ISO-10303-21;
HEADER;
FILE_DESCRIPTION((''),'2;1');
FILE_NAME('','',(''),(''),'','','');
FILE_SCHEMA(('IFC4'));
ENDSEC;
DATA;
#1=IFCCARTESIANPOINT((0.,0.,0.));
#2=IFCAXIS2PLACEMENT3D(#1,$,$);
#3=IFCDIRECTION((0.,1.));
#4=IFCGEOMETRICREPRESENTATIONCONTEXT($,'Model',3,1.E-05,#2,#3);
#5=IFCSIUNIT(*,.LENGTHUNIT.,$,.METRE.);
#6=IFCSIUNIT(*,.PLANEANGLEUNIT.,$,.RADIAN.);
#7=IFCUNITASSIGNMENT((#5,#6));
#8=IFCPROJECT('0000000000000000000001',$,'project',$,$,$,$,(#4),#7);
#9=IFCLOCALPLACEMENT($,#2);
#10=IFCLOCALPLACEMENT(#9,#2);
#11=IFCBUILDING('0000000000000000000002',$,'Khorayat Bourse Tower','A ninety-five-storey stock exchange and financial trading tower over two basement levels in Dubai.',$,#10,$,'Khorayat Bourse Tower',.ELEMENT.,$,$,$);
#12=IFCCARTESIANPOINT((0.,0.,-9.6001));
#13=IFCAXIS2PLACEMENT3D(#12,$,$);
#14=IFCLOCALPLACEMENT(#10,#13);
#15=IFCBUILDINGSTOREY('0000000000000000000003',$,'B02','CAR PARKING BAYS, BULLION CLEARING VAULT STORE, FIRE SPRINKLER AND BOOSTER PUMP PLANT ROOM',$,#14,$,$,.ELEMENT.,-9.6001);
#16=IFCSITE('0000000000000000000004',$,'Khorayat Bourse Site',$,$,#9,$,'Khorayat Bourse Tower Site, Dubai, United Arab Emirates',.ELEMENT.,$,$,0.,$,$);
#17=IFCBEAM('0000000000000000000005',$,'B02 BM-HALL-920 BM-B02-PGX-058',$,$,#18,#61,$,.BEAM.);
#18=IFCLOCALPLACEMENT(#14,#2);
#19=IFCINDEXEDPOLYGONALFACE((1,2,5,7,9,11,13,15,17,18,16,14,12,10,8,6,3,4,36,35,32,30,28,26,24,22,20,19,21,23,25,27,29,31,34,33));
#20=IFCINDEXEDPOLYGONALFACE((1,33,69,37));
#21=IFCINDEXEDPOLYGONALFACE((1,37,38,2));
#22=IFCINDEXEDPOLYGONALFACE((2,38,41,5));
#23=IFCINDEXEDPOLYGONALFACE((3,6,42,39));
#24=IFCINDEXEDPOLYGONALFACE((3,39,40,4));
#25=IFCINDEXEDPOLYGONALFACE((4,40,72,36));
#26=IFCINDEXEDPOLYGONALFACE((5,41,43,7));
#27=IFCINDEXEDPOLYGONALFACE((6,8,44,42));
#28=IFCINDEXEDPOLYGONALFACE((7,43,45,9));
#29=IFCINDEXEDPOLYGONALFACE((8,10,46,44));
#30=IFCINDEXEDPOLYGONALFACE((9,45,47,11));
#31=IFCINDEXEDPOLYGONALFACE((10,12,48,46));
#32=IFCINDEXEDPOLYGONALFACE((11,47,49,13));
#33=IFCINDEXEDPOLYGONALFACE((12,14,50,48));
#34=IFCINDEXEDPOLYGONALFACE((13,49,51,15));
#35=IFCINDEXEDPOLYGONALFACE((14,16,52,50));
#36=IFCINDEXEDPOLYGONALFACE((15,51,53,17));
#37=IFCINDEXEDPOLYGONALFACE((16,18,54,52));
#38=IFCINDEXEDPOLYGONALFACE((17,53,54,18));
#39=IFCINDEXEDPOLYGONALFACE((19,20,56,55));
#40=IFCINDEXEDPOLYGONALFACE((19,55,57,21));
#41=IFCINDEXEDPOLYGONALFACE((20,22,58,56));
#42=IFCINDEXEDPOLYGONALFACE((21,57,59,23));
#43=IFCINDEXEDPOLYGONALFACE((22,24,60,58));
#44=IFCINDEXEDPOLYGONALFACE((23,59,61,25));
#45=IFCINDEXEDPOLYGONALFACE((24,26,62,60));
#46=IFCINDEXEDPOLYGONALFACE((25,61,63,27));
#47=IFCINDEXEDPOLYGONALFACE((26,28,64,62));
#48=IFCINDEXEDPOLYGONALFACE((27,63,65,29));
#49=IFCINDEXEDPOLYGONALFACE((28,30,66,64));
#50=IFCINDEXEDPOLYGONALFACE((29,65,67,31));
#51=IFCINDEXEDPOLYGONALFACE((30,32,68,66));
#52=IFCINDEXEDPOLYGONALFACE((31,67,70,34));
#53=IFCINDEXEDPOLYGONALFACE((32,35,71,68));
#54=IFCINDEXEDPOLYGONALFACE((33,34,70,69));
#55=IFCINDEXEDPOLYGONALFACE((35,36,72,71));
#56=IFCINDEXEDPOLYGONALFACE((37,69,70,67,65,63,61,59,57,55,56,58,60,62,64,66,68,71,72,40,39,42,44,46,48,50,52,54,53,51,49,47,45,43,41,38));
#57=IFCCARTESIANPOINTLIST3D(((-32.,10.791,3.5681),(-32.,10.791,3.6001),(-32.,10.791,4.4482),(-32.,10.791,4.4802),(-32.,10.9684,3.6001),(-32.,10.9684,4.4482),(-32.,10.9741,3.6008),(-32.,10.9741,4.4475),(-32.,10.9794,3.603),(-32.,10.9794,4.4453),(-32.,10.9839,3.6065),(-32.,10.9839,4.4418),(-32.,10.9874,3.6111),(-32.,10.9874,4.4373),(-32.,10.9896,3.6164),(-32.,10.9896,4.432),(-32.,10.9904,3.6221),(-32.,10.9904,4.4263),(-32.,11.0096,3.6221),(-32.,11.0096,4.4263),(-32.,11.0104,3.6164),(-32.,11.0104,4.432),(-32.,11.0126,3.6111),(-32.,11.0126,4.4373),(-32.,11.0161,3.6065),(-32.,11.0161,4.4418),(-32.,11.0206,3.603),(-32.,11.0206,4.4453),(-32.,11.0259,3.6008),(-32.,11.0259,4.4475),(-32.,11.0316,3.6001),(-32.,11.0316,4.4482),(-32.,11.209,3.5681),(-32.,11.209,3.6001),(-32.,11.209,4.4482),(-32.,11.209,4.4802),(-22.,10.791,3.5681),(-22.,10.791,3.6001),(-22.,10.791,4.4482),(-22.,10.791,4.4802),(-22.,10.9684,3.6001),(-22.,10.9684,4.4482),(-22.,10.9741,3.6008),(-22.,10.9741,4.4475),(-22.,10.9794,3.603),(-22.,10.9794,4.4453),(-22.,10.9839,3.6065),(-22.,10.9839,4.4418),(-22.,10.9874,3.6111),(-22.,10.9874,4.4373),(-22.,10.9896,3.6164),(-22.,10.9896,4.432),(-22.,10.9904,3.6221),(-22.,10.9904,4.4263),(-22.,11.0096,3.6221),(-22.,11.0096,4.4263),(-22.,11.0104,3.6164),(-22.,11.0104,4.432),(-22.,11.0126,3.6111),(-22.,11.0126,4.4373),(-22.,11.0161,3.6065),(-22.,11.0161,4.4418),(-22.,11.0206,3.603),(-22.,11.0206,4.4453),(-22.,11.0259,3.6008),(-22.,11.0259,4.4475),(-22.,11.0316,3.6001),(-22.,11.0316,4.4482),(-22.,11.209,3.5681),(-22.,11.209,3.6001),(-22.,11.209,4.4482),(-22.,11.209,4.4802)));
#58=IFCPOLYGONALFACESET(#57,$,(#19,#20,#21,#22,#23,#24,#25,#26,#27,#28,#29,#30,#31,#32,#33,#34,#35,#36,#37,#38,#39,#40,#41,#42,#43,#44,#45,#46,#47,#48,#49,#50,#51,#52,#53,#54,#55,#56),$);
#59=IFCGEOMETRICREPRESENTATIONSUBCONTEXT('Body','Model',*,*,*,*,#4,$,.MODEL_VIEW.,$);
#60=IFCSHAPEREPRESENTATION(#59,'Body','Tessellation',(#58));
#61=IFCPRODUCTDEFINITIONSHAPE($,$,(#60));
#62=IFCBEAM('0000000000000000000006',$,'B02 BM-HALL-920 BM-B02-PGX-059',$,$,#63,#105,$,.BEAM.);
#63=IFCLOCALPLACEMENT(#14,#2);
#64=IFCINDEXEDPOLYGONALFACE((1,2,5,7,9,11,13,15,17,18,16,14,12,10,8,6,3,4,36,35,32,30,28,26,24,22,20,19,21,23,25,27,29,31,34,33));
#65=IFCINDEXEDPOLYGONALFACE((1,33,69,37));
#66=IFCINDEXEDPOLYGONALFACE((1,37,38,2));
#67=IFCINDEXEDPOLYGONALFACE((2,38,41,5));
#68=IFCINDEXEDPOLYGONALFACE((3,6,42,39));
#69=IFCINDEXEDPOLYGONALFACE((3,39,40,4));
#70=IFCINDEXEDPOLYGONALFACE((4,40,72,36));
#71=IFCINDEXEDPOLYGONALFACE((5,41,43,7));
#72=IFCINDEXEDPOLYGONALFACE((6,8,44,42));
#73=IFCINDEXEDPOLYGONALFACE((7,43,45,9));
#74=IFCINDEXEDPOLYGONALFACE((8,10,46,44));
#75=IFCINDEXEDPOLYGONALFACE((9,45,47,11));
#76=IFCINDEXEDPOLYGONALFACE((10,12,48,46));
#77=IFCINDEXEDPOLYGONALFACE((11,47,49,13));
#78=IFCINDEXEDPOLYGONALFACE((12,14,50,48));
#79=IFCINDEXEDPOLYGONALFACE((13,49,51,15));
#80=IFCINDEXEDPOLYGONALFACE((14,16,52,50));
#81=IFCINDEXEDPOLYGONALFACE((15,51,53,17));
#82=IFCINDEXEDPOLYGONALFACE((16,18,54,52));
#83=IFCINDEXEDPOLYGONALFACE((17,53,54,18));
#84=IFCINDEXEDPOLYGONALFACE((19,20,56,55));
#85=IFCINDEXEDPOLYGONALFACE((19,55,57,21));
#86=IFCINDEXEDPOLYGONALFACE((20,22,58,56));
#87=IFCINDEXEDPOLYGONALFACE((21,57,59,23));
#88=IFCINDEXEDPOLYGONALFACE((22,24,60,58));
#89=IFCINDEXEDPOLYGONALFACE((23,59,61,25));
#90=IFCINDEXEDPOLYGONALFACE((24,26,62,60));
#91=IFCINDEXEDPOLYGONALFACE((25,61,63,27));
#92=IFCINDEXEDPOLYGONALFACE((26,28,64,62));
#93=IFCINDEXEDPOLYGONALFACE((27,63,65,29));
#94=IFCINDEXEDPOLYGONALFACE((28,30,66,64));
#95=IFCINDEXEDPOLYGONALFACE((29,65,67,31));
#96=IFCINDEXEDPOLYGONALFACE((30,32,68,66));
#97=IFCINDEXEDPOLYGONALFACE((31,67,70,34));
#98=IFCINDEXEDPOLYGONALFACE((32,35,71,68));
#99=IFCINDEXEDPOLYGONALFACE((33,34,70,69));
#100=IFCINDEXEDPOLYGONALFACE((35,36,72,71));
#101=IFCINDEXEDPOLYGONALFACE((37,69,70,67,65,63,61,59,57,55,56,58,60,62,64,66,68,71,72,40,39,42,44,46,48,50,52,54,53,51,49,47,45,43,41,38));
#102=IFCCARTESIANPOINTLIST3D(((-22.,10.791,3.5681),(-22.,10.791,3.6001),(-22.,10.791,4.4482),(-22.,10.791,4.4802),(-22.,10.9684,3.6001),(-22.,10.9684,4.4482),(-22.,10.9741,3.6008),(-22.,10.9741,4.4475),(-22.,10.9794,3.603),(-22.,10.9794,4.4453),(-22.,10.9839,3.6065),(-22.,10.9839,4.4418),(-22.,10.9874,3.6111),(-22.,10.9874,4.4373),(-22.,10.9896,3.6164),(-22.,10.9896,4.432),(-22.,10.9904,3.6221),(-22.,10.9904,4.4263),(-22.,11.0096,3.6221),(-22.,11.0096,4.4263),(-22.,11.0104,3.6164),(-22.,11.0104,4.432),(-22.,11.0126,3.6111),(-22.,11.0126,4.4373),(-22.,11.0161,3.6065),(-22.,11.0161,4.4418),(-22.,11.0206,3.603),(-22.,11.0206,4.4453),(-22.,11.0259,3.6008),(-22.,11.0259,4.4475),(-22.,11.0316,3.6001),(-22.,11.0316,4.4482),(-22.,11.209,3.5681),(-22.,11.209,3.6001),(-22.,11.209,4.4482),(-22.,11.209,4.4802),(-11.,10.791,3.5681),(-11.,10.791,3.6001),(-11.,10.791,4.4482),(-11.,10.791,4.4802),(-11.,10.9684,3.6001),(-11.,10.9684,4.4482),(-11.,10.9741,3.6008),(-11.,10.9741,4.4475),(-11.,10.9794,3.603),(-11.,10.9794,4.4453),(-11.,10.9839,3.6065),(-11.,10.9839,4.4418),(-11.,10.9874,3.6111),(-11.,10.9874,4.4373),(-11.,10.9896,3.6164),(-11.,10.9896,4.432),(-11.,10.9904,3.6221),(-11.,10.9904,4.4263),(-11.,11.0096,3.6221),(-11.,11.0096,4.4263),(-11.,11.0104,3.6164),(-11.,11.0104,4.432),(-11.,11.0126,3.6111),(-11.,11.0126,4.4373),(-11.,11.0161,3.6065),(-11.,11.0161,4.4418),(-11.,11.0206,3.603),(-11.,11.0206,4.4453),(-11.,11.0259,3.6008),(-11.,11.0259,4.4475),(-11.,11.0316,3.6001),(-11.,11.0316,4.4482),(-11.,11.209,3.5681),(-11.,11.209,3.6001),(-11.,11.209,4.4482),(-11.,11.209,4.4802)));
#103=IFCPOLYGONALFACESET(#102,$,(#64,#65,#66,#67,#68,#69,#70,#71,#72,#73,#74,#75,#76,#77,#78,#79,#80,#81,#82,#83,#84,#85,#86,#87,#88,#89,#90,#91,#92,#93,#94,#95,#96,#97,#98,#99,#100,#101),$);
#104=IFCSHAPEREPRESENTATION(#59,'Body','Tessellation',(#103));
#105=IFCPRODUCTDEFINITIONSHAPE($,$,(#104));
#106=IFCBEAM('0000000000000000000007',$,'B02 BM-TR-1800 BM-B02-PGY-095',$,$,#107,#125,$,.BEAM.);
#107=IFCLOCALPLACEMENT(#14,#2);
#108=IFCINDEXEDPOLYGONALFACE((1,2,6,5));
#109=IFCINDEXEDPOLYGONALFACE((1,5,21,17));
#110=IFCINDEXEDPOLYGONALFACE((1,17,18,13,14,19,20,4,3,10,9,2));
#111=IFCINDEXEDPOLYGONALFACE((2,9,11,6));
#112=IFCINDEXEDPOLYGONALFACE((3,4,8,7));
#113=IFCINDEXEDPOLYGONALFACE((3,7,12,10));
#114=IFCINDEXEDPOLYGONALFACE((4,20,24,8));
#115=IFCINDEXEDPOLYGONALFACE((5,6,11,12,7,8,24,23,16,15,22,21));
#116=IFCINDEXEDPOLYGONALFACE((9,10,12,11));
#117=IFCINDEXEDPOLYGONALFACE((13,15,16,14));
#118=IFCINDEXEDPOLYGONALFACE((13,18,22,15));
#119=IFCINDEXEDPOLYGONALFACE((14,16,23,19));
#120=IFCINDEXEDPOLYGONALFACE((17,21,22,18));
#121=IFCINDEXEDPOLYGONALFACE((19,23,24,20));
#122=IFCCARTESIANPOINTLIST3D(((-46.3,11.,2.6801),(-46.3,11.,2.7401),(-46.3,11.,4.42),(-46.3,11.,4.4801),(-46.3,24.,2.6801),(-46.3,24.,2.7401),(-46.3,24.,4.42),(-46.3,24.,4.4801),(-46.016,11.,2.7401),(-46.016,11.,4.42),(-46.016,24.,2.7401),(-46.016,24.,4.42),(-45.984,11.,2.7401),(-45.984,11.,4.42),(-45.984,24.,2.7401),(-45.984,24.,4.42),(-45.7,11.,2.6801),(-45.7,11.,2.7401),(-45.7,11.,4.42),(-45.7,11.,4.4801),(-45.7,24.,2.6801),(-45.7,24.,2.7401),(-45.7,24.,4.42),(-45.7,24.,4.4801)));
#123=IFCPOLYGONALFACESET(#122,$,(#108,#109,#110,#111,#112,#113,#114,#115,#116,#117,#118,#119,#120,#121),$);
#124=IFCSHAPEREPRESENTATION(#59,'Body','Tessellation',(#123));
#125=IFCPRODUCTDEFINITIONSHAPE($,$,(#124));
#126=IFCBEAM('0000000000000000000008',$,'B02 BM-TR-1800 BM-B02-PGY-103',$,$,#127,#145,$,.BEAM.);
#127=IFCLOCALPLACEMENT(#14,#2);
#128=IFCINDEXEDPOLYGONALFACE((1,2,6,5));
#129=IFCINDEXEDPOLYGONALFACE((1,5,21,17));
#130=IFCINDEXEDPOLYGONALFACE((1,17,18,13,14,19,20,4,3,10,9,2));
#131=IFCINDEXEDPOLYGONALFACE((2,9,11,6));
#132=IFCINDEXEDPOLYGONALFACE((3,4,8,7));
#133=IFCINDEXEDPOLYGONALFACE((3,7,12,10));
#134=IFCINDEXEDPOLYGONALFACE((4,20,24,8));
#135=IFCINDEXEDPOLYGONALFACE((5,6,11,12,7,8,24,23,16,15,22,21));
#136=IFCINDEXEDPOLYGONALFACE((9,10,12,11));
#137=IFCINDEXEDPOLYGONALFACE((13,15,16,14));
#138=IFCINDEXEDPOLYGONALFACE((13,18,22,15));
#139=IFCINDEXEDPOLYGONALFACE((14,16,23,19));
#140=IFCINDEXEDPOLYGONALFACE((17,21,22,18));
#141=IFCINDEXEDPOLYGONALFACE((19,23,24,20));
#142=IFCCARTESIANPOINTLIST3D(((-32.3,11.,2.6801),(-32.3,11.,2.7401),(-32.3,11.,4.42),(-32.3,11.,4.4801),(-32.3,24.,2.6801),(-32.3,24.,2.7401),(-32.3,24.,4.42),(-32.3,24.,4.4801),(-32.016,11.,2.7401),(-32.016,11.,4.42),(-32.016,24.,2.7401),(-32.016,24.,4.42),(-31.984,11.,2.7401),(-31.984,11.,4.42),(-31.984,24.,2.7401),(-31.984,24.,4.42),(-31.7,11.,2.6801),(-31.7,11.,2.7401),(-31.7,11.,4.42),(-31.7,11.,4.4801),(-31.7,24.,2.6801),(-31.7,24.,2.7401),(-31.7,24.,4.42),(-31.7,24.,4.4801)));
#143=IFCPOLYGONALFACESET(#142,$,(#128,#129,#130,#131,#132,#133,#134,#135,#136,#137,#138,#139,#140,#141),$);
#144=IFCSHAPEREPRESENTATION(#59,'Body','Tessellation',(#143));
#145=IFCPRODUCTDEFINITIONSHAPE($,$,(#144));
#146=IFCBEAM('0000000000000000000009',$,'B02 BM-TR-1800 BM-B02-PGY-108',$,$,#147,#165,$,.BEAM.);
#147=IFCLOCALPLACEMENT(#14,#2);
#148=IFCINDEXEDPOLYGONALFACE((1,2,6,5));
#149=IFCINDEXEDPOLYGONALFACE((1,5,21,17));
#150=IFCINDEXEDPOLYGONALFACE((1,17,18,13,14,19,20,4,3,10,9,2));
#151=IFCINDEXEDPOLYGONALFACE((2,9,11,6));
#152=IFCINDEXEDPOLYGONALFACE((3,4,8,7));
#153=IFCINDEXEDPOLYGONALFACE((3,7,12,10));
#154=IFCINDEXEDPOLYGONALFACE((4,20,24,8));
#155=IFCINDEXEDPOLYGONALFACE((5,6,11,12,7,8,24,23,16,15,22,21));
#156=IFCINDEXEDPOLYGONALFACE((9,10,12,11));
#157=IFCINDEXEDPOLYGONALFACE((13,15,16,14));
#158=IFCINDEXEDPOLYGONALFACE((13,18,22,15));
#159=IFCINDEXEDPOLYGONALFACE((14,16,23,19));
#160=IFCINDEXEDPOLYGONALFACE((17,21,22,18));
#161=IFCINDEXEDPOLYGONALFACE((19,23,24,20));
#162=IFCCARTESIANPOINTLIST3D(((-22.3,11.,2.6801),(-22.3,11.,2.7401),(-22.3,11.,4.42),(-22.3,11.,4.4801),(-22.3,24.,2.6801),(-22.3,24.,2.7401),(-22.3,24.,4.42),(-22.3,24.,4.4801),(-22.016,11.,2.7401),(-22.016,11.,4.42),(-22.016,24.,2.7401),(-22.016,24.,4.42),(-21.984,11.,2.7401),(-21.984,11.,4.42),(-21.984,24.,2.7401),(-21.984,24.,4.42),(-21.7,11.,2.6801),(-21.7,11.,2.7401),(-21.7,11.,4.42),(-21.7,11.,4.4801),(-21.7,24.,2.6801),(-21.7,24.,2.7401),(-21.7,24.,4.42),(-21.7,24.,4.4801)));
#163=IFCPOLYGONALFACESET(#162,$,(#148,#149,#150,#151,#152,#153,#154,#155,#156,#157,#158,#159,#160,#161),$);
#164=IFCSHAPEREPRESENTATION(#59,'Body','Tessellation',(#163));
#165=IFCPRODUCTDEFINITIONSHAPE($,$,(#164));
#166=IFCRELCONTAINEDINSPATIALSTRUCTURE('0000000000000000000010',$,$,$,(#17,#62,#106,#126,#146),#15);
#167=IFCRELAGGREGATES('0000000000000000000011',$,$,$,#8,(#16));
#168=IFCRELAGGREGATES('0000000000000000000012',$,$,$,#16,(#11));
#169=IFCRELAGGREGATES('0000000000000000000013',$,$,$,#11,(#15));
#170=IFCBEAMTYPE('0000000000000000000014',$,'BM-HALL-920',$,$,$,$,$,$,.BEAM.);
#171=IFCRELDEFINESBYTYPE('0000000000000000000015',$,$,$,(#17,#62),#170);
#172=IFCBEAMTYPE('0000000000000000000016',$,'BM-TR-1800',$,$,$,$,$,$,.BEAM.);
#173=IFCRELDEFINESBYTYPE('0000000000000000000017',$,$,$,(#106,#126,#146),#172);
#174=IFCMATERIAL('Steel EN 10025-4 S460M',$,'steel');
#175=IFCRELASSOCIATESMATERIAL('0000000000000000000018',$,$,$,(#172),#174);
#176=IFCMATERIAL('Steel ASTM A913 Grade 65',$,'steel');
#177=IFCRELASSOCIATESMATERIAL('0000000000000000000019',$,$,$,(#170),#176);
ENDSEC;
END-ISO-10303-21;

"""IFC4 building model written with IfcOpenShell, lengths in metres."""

from ifc_helpers import new_model, si_unit, direction, frame, origin, origin_2d, place, context, subcontext, project, spatial, i_section, extrude, source, transform, mapped, material, material_profile, profile_set, type_object, element, save


model = new_model("IFC4")

# Units and contexts
model_context = context("Model", 3, precision=1e-05, world=origin(), true_north=direction((0.0, 1.0)))
body_context = subcontext(model_context, "Body", "Model", "MODEL_VIEW")
ifc_project = project(units=[si_unit("LENGTHUNIT", "METRE"), si_unit("PLANEANGLEUNIT", "RADIAN")], contexts=[model_context])

# Site, building, storey
site_placement = place(None, origin())
site = spatial("IfcSite", under=ifc_project, at=site_placement, Name="Khorayat Bourse Site", LongName="Khorayat Bourse Tower Site, Dubai, United Arab Emirates", CompositionType="ELEMENT", RefElevation=0.0)
building_placement = place(site_placement, origin())
building = spatial("IfcBuilding", under=site, at=building_placement, Name="Khorayat Bourse Tower", Description="A ninety-five-storey stock exchange and financial trading tower over two basement levels in Dubai.", LongName="Khorayat Bourse Tower", CompositionType="ELEMENT")
storey_placement = place(building_placement, frame((0.0, 0.0, -9.6001)))
storey = spatial("IfcBuildingStorey", under=building, at=storey_placement, Name="B02", Description="CAR PARKING BAYS, BULLION CLEARING VAULT STORE, FIRE SPRINKLER AND BOOSTER PUMP PLANT ROOM", CompositionType="ELEMENT", Elevation=-9.6001)

# Beams
ifc_material_1 = material(Name="Steel EN 10025-4 S460M", Category="steel")
ifc_material_profile_1 = material_profile(ifc_material_1, i_section(OverallWidth=0.6001, OverallDepth=1.8, WebThickness=0.032, FlangeThickness=0.0601, at=origin_2d()), Name="PG 1800x600x32x60")
ifc_profile_set_1 = profile_set([ifc_material_profile_1], Name="Steel EN 10025-4 S460M")
beam_type_1 = type_object("IfcBeamType", Name="BM-TR-1800", PredefinedType="BEAM", material=ifc_profile_set_1)
ifc_material_2 = material(Name="Steel ASTM A913 Grade 65", Category="steel")
ifc_material_profile_2 = material_profile(ifc_material_2, i_section(OverallWidth=0.418, OverallDepth=0.9121, WebThickness=0.0193, FlangeThickness=0.032, FilletRadius=0.022, at=origin_2d()), Name="W920X342")
ifc_profile_set_2 = profile_set([ifc_material_profile_2], Name="Steel ASTM A913 Grade 65")
beam_type_2 = type_object("IfcBeamType", Name="BM-HALL-920", PredefinedType="BEAM", material=ifc_profile_set_2)
shared_shape_1 = source(origin(), body_context, "Body", "SweptSolid", [
    extrude(i_section(OverallWidth=0.418, OverallDepth=0.9121, WebThickness=0.0193, FlangeThickness=0.032, FilletRadius=0.022, at=origin_2d()), origin(), (0.0, 0.0, 1.0), 10.0),
])
beam_1_placement = place(storey_placement, frame((-32.0, 11.0, 4.0242), z_axis=(1.0, 0.0, 0.0), x_axis=(0.0, 1.0, 0.0)))
element("IfcBeam", 1, at=beam_1_placement, inside=storey, type_object=beam_type_2, Name="B02 BM-HALL-920 BM-B02-PGX-058", PredefinedType="BEAM", context=body_context, shape_type="MappedRepresentation", body=[
    mapped(shared_shape_1, transform((0.0, 0.0, 0.0), scale=1.0)),
])
shared_shape_2 = source(origin(), body_context, "Body", "SweptSolid", [
    extrude(i_section(OverallWidth=0.418, OverallDepth=0.9121, WebThickness=0.0193, FlangeThickness=0.032, FilletRadius=0.022, at=origin_2d()), origin(), (0.0, 0.0, 1.0), 11.0),
])
beam_2_placement = place(storey_placement, frame((-22.0, 11.0, 4.0242), z_axis=(1.0, 0.0, 0.0), x_axis=(0.0, 1.0, 0.0)))
element("IfcBeam", 2, at=beam_2_placement, inside=storey, type_object=beam_type_2, Name="B02 BM-HALL-920 BM-B02-PGX-059", PredefinedType="BEAM", context=body_context, shape_type="MappedRepresentation", body=[
    mapped(shared_shape_2, transform((0.0, 0.0, 0.0), scale=1.0)),
])
shared_shape_3 = source(origin(), body_context, "Body", "SweptSolid", [
    extrude(i_section(OverallWidth=0.6001, OverallDepth=1.8, WebThickness=0.032, FlangeThickness=0.0601, at=origin_2d()), origin(), (0.0, 0.0, 1.0), 13.0),
])
for number, where, z_axis, x_axis, name in (
    (3, (-46.0, 11.0, 3.5801), (0.0, 1.0, 0.0), (-1.0, 0.0, 0.0), "B02 BM-TR-1800 BM-B02-PGY-095"),
    (4, (-32.0, 11.0, 3.5801), (0.0, 1.0, 0.0), (-1.0, 0.0, 0.0), "B02 BM-TR-1800 BM-B02-PGY-103"),
    (5, (-22.0, 11.0, 3.5801), (0.0, 1.0, 0.0), (-1.0, 0.0, 0.0), "B02 BM-TR-1800 BM-B02-PGY-108"),
):
    element("IfcBeam", number, at=place(storey_placement, frame(where, z_axis=z_axis, x_axis=x_axis)), inside=storey, type_object=beam_type_1, Name=name, PredefinedType="BEAM", context=body_context, shape_type="MappedRepresentation", body=[
        mapped(shared_shape_3, transform((0.0, 0.0, 0.0), scale=1.0)),
    ])

save(model, "model.ifc")
